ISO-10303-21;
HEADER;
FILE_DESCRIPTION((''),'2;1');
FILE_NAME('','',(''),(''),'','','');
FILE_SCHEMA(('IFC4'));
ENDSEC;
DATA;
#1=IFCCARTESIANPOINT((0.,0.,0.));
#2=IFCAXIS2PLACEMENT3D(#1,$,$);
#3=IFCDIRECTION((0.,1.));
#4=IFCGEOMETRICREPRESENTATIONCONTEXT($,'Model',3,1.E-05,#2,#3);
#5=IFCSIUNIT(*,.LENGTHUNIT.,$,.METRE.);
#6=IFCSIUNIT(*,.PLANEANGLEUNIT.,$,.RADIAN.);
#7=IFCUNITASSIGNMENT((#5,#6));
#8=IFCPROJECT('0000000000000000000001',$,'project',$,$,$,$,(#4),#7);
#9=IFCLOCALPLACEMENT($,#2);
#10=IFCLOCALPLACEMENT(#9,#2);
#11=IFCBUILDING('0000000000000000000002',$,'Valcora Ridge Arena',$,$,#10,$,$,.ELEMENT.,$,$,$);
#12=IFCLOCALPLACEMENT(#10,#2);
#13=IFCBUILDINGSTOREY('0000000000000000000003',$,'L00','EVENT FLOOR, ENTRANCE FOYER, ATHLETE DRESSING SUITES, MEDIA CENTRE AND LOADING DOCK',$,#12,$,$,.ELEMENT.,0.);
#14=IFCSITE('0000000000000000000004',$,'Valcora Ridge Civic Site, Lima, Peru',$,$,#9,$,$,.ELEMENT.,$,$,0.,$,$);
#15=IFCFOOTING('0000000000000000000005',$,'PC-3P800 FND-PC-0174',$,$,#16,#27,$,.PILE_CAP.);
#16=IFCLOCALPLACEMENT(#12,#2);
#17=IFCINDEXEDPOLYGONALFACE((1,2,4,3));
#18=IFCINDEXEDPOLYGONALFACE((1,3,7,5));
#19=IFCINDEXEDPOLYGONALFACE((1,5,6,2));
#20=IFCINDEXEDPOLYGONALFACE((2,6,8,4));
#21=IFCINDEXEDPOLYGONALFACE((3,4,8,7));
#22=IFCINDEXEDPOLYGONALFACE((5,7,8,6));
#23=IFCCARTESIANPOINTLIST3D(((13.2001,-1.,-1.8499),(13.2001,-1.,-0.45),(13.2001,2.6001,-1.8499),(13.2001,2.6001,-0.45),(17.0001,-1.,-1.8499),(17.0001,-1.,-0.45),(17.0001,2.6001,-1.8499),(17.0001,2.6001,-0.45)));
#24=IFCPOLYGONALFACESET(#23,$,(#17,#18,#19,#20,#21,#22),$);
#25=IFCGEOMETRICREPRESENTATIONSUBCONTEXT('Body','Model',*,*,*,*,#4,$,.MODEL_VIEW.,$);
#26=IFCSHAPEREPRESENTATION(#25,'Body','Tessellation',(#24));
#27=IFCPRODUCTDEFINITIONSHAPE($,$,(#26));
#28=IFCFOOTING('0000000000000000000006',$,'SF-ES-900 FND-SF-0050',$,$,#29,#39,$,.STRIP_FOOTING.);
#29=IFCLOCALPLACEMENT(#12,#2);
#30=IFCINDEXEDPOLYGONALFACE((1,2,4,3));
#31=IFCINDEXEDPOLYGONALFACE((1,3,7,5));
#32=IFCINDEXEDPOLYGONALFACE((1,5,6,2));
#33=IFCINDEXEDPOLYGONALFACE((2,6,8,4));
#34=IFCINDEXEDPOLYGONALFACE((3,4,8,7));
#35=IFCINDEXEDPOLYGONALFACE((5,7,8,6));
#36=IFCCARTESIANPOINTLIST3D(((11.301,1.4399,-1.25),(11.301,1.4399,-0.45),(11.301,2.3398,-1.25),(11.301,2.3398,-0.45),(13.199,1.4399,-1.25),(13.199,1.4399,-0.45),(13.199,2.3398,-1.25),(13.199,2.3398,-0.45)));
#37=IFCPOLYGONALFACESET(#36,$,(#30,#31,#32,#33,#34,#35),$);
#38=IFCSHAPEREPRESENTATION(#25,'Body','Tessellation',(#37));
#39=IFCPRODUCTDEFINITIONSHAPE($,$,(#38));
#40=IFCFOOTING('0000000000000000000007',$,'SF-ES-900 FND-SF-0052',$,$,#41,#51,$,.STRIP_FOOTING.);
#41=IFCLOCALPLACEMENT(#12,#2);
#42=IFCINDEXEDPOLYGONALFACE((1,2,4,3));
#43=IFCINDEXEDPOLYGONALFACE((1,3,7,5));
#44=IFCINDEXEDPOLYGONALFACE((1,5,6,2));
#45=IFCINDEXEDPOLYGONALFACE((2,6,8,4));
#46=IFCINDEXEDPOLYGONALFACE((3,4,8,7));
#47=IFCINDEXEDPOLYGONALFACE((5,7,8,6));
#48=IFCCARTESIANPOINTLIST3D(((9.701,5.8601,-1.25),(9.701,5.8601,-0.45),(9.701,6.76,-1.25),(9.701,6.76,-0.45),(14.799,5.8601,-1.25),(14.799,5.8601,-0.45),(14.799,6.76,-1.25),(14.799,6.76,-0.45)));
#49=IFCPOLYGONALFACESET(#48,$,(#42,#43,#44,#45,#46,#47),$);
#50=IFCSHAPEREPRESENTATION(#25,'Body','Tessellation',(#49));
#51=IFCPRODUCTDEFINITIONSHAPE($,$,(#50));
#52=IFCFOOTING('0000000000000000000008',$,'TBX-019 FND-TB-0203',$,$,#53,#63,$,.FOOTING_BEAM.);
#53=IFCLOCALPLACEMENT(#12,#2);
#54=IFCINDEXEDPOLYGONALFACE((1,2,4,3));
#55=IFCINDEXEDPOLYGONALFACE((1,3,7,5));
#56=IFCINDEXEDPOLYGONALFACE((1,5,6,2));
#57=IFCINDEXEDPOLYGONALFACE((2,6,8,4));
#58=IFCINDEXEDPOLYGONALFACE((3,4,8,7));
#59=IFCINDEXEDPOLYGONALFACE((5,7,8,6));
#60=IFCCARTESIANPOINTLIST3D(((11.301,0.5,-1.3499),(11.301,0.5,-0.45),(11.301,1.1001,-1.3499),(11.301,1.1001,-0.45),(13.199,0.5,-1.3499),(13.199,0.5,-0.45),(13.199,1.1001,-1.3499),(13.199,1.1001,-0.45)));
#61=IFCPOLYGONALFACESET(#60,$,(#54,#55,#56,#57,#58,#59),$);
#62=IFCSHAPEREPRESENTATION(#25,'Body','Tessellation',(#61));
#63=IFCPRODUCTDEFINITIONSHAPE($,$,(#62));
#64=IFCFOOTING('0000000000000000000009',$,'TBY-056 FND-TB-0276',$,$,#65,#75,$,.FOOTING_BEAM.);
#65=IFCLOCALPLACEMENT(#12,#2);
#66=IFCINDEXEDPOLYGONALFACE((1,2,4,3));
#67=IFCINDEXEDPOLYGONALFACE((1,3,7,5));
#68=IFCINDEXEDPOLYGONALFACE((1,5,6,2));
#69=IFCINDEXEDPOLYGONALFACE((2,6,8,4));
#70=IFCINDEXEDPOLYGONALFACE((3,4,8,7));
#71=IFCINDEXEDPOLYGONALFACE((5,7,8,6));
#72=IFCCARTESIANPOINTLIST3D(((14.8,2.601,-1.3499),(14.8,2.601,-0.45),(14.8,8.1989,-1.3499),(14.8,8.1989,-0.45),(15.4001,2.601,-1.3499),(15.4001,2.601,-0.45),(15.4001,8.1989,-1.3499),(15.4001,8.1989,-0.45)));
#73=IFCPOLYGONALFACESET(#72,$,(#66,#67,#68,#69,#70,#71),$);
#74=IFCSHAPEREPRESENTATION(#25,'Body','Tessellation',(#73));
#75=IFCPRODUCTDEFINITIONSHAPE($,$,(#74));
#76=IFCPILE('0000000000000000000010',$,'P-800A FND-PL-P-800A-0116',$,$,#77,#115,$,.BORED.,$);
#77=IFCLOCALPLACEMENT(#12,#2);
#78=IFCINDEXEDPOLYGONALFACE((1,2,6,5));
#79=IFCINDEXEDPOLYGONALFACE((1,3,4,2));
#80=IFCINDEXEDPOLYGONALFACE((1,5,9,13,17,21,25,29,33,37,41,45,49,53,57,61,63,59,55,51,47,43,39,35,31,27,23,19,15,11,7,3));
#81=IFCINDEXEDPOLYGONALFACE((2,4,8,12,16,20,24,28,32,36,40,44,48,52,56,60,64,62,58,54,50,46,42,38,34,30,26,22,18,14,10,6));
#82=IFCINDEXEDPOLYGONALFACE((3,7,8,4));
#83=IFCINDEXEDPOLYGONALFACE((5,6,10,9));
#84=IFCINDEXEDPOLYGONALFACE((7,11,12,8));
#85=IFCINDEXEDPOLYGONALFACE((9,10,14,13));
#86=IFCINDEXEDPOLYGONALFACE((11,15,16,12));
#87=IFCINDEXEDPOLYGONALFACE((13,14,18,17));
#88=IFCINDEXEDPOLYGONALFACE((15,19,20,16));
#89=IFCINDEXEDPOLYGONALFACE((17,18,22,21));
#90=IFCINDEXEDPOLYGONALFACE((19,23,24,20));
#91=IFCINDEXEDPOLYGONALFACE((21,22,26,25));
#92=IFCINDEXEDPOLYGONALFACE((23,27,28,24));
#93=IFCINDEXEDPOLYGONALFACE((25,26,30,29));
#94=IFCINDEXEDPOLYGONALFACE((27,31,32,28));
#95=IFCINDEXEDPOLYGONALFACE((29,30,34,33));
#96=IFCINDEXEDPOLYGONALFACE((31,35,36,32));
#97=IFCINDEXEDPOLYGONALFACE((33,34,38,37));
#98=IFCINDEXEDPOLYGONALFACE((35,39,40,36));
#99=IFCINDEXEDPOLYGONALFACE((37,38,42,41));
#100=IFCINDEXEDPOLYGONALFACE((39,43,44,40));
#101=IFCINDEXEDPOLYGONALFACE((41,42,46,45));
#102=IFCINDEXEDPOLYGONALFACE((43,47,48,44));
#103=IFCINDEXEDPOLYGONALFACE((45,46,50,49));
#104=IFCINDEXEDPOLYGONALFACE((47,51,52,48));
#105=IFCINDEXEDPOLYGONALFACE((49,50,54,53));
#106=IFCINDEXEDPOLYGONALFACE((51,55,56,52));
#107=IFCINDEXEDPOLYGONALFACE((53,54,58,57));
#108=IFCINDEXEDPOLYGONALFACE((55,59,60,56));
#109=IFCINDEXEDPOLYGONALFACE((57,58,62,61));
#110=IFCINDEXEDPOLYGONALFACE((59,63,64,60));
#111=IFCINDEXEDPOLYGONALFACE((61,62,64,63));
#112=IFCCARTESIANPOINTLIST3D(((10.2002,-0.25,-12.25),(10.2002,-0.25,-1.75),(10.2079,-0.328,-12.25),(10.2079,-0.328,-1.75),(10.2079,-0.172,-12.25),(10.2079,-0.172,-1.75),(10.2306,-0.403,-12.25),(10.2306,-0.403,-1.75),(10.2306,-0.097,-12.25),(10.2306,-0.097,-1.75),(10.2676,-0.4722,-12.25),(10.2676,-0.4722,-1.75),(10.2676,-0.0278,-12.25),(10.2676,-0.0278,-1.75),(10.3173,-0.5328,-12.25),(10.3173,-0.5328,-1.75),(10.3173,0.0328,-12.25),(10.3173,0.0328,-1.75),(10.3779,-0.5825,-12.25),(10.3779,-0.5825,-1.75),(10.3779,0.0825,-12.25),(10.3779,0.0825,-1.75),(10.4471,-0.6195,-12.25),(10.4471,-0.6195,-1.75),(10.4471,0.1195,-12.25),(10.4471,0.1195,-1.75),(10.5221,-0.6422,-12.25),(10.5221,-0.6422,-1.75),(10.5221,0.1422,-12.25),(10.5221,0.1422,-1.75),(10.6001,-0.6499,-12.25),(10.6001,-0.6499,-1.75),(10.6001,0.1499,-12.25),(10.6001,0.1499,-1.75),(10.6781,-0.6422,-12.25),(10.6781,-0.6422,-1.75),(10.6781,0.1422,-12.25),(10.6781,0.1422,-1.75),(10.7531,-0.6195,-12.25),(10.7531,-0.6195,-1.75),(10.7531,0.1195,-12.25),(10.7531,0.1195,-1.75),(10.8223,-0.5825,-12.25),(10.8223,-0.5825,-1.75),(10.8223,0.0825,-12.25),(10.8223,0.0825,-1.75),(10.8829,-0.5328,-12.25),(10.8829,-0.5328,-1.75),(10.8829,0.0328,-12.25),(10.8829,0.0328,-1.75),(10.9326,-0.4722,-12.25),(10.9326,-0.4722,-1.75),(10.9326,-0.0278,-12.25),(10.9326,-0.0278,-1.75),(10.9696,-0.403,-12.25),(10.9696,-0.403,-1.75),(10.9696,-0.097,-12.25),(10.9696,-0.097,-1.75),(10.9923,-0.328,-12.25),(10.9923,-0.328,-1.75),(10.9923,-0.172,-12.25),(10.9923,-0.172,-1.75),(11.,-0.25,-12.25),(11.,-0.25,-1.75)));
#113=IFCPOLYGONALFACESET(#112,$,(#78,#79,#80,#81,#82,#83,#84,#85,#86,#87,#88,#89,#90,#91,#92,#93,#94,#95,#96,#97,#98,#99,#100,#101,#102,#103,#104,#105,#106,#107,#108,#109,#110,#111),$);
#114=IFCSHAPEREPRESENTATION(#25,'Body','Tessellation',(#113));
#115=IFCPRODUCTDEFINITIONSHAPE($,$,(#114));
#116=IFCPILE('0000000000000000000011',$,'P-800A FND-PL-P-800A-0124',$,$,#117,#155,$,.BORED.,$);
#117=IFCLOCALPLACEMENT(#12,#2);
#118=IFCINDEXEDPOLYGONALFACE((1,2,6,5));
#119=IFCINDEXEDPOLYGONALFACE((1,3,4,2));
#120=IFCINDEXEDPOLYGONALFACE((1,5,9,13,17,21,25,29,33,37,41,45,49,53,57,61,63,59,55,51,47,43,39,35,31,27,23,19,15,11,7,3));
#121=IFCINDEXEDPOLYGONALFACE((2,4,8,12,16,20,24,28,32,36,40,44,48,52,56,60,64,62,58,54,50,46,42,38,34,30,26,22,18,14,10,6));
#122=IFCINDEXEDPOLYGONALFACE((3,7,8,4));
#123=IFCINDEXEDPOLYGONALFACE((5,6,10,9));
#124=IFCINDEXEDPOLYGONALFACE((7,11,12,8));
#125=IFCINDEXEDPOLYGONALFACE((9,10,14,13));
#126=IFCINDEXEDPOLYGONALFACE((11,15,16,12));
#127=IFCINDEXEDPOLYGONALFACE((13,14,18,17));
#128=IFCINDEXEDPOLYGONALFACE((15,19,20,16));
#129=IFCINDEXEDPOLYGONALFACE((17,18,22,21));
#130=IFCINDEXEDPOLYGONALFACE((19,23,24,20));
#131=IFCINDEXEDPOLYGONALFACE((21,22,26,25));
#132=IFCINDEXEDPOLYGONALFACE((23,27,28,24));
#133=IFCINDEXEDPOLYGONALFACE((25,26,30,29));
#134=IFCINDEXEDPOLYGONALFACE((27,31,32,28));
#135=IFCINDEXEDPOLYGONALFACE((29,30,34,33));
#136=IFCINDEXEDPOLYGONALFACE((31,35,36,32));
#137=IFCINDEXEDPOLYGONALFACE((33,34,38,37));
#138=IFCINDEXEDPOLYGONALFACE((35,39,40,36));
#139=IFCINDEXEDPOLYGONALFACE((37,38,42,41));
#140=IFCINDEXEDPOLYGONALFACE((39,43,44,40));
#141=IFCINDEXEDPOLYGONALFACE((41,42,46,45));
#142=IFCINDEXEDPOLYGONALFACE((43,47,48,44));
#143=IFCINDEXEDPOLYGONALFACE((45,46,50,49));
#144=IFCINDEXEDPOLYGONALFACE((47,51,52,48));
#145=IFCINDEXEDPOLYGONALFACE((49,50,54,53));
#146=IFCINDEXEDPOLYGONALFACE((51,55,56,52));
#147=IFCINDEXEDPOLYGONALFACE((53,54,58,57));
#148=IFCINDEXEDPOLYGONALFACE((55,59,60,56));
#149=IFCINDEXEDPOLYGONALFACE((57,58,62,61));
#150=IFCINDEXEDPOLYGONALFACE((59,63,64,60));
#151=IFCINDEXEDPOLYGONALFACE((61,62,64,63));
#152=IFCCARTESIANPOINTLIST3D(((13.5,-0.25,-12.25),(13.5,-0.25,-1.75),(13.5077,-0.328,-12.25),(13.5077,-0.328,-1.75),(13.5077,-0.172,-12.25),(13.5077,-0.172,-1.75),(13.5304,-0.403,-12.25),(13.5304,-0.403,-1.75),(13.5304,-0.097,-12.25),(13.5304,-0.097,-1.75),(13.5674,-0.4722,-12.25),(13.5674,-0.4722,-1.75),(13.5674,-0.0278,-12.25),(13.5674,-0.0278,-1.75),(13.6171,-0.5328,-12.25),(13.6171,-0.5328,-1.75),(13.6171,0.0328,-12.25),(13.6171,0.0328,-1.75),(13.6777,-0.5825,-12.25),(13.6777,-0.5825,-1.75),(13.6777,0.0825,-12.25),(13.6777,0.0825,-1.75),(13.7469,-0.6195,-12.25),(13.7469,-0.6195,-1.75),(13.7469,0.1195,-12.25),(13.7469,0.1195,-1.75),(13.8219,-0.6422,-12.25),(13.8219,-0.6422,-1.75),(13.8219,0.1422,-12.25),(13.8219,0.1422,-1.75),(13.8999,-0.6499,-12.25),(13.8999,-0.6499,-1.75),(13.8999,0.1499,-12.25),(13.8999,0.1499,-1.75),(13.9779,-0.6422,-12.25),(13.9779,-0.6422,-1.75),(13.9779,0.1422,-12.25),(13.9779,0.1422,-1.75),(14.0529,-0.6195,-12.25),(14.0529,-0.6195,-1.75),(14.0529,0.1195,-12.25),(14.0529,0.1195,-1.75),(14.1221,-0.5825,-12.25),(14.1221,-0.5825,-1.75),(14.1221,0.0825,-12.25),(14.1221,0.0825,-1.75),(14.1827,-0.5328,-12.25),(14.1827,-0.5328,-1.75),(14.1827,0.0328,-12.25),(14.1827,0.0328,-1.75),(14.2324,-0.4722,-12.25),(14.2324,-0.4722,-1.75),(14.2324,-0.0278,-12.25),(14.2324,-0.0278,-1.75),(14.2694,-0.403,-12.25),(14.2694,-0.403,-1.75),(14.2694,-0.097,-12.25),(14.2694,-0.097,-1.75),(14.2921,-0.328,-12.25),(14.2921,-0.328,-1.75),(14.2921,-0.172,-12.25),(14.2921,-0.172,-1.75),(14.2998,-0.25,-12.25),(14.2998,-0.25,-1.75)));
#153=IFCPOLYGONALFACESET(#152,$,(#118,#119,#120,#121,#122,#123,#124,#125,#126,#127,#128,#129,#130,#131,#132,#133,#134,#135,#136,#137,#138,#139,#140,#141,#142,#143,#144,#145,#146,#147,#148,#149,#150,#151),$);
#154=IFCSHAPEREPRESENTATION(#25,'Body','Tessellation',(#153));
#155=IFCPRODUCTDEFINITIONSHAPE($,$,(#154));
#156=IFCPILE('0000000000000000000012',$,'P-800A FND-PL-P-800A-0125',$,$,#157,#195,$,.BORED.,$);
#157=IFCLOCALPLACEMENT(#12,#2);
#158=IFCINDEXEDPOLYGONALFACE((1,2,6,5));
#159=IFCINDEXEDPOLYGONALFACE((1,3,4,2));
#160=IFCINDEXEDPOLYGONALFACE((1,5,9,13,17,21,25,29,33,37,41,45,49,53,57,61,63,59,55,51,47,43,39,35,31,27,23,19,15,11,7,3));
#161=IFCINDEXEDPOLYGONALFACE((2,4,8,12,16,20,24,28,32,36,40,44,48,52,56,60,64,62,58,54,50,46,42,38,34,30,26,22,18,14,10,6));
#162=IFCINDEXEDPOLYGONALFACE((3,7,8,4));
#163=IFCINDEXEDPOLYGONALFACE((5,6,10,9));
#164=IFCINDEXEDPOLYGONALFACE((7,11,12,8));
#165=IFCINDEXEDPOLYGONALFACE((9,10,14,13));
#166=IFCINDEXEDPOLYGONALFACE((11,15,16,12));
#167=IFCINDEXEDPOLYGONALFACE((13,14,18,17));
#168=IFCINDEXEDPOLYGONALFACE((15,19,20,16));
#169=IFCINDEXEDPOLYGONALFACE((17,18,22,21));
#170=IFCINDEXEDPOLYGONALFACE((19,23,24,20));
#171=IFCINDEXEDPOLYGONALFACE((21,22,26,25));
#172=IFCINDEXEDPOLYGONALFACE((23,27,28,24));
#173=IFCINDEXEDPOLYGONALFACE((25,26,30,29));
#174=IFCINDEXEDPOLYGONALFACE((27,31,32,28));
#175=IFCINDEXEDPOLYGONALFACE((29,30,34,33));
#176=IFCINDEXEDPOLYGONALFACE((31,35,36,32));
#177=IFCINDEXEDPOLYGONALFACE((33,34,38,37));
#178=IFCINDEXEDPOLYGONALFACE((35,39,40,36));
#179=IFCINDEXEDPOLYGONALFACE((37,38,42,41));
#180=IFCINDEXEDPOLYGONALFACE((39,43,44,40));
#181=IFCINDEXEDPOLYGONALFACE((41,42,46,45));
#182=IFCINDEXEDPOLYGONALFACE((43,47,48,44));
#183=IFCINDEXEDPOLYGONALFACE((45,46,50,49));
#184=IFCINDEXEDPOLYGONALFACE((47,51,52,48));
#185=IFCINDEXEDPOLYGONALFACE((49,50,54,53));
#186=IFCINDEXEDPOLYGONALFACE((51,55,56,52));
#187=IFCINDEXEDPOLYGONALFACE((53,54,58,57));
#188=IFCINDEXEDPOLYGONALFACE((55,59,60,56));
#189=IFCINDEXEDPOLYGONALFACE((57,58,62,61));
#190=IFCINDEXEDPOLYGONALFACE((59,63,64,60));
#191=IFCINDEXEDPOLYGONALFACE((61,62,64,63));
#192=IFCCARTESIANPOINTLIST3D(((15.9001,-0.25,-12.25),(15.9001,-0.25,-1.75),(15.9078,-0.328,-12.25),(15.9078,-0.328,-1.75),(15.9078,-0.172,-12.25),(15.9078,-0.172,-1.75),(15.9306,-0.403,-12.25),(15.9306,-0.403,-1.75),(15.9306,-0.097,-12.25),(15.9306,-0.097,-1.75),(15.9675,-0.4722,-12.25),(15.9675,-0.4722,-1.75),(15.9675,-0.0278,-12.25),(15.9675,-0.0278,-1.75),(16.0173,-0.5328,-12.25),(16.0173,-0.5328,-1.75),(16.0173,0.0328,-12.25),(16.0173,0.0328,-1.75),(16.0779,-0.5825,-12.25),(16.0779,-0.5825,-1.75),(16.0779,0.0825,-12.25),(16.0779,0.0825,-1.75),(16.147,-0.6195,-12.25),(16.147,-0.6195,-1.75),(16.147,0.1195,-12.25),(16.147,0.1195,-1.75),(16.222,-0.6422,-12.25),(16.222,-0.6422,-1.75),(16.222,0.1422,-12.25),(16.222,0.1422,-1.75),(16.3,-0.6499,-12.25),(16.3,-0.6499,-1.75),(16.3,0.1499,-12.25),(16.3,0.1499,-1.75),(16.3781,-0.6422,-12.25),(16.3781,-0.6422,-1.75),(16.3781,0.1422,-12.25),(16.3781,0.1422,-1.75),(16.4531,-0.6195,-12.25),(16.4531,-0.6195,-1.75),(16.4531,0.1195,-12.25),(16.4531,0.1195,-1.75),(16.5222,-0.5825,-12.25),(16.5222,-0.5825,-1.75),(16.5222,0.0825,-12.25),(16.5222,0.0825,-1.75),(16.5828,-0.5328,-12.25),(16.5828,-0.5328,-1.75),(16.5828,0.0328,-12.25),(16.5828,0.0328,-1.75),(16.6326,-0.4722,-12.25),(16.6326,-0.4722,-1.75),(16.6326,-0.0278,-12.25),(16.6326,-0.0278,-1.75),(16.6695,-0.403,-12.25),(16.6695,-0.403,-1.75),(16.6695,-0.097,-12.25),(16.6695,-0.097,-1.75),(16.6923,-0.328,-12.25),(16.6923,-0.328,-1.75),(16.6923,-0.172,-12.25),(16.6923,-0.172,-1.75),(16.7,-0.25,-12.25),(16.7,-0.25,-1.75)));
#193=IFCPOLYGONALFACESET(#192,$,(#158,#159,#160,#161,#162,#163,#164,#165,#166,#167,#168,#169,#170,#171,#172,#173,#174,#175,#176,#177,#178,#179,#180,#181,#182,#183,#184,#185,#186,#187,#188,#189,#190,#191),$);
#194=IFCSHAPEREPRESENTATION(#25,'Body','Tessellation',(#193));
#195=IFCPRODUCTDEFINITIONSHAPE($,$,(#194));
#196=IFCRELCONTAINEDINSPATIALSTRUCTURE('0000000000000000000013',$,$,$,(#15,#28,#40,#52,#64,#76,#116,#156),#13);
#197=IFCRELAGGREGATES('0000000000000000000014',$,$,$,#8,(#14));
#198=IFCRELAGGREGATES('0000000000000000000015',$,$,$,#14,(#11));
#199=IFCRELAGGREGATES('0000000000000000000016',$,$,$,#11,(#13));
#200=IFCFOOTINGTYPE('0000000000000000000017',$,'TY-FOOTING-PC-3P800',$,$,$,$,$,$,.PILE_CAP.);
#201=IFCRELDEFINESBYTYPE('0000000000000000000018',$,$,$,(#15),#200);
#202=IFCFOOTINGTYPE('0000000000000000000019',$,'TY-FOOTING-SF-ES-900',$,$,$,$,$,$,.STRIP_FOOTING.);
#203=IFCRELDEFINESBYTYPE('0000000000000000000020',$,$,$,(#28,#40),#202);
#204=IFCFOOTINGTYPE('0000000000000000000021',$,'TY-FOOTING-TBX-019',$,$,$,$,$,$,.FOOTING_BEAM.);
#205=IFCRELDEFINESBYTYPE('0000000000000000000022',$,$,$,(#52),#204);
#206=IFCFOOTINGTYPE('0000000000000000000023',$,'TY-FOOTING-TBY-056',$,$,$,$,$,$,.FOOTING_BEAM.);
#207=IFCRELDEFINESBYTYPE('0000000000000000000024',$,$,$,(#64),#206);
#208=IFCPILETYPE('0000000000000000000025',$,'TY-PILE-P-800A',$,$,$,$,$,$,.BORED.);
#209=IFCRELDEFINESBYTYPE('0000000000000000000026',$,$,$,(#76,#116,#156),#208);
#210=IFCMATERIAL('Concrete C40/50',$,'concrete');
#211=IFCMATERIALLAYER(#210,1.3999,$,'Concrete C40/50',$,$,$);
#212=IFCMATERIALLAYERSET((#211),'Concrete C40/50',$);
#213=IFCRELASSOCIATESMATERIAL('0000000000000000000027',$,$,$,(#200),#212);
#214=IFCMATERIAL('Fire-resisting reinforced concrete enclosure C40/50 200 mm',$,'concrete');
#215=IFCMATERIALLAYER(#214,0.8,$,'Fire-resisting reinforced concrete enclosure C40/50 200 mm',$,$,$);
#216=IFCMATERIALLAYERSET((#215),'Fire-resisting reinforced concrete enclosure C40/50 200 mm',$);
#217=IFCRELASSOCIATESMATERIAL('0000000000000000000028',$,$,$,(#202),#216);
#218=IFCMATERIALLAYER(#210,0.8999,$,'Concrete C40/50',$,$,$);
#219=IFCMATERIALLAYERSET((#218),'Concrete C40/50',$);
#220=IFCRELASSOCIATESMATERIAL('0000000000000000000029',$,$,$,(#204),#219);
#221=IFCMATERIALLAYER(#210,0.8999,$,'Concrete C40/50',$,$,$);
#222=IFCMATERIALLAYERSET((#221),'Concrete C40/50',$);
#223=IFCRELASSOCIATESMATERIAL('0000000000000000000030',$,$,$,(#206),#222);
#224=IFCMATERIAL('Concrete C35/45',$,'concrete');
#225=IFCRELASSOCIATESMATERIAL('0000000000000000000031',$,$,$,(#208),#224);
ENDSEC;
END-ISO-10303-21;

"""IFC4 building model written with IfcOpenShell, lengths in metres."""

from ifc_helpers import new_model, si_unit, direction, frame, origin, origin_2d, place, context, subcontext, project, spatial, rectangle, circle, extrude, material, layer, layer_set, material_profile, profile_set, type_object, element, save


model = new_model("IFC4")

# Units and contexts
model_context = context("Model", 3, precision=1e-05, world=origin(), true_north=direction((0.0, 1.0)))
body_context = subcontext(model_context, "Body", "Model", "MODEL_VIEW")
ifc_project = project(units=[si_unit("LENGTHUNIT", "METRE"), si_unit("PLANEANGLEUNIT", "RADIAN")], contexts=[model_context])

# Site, building, storey
site_placement = place(None, origin())
site = spatial("IfcSite", under=ifc_project, at=site_placement, Name="Valcora Ridge Civic Site, Lima, Peru", CompositionType="ELEMENT", RefElevation=0.0)
building_placement = place(site_placement, origin())
building = spatial("IfcBuilding", under=site, at=building_placement, Name="Valcora Ridge Arena", CompositionType="ELEMENT")
storey_placement = place(building_placement, origin())
storey = spatial("IfcBuildingStorey", under=building, at=storey_placement, Name="L00", Description="EVENT FLOOR, ENTRANCE FOYER, ATHLETE DRESSING SUITES, MEDIA CENTRE AND LOADING DOCK", CompositionType="ELEMENT", Elevation=0.0)

# Footings
ifc_material_1 = material(Name="Concrete C40/50", Category="concrete")
ifc_layer_1 = layer(ifc_material_1, 1.3999, Name="Concrete C40/50")
ifc_layer_set_1 = layer_set([ifc_layer_1], Name="Concrete C40/50")
footing_type_1 = type_object("IfcFootingType", Name="TY-FOOTING-PC-3P800", PredefinedType="PILE_CAP", material=ifc_layer_set_1)
footing_1_placement = place(storey_placement, frame((15.1001, 0.8, -1.8499), z_axis=(0.0, 0.0, 1.0), x_axis=(1.0, 0.0, 0.0)))
element("IfcFooting", 1, at=footing_1_placement, inside=storey, type_object=footing_type_1, Name="PC-3P800 FND-PC-0174", PredefinedType="PILE_CAP", context=body_context, shape_type="SweptSolid", body=[
    extrude(rectangle(XDim=3.8, YDim=3.6001, at=origin_2d()), origin(), (0.0, 0.0, 1.0), 1.3999),
])
ifc_material_2 = material(Name="Fire-resisting reinforced concrete enclosure C40/50 200 mm", Category="concrete")
ifc_layer_2 = layer(ifc_material_2, 0.8, Name="Fire-resisting reinforced concrete enclosure C40/50 200 mm")
ifc_layer_set_2 = layer_set([ifc_layer_2], Name="Fire-resisting reinforced concrete enclosure C40/50 200 mm")
footing_type_2 = type_object("IfcFootingType", Name="TY-FOOTING-SF-ES-900", PredefinedType="STRIP_FOOTING", material=ifc_layer_set_2)
footing_2_placement = place(storey_placement, frame((12.25, 1.8899, -1.25), z_axis=(0.0, 0.0, 1.0), x_axis=(1.0, 0.0, 0.0)))
element("IfcFooting", 2, at=footing_2_placement, inside=storey, type_object=footing_type_2, Name="SF-ES-900 FND-SF-0050", PredefinedType="STRIP_FOOTING", context=body_context, shape_type="SweptSolid", body=[
    extrude(rectangle(XDim=1.8979, YDim=0.8999, at=origin_2d()), origin(), (0.0, 0.0, 1.0), 0.8),
])
footing_3_placement = place(storey_placement, frame((12.25, 6.3101, -1.25), z_axis=(0.0, 0.0, 1.0), x_axis=(1.0, 0.0, 0.0)))
element("IfcFooting", 3, at=footing_3_placement, inside=storey, type_object=footing_type_2, Name="SF-ES-900 FND-SF-0052", PredefinedType="STRIP_FOOTING", context=body_context, shape_type="SweptSolid", body=[
    extrude(rectangle(XDim=5.0979, YDim=0.8999, at=origin_2d()), origin(), (0.0, 0.0, 1.0), 0.8),
])
ifc_layer_3 = layer(ifc_material_1, 0.8999, Name="Concrete C40/50")
ifc_layer_set_3 = layer_set([ifc_layer_3], Name="Concrete C40/50")
footing_type_3 = type_object("IfcFootingType", Name="TY-FOOTING-TBX-019", PredefinedType="FOOTING_BEAM", material=ifc_layer_set_3)
footing_4_placement = place(storey_placement, frame((12.25, 0.8, -1.3499), z_axis=(0.0, 0.0, 1.0), x_axis=(1.0, 0.0, 0.0)))
element("IfcFooting", 4, at=footing_4_placement, inside=storey, type_object=footing_type_3, Name="TBX-019 FND-TB-0203", PredefinedType="FOOTING_BEAM", context=body_context, shape_type="SweptSolid", body=[
    extrude(rectangle(XDim=1.8979, YDim=0.6001, at=origin_2d()), origin(), (0.0, 0.0, 1.0), 0.8999),
])
ifc_layer_4 = layer(ifc_material_1, 0.8999, Name="Concrete C40/50")
ifc_layer_set_4 = layer_set([ifc_layer_4], Name="Concrete C40/50")
footing_type_4 = type_object("IfcFootingType", Name="TY-FOOTING-TBY-056", PredefinedType="FOOTING_BEAM", material=ifc_layer_set_4)
footing_5_placement = place(storey_placement, frame((15.1001, 5.3999, -1.3499), z_axis=(0.0, 0.0, 1.0), x_axis=(1.0, 0.0, 0.0)))
element("IfcFooting", 5, at=footing_5_placement, inside=storey, type_object=footing_type_4, Name="TBY-056 FND-TB-0276", PredefinedType="FOOTING_BEAM", context=body_context, shape_type="SweptSolid", body=[
    extrude(rectangle(XDim=0.6001, YDim=5.5979, at=origin_2d()), origin(), (0.0, 0.0, 1.0), 0.8999),
])

# Piles
ifc_material_3 = material(Name="Concrete C35/45", Category="concrete")
ifc_material_profile_1 = material_profile(ifc_material_3, circle(Radius=0.3999, at=origin_2d()), Name="BORED PILE D800")
ifc_profile_set_1 = profile_set([ifc_material_profile_1], Name="Concrete C35/45")
pile_type = type_object("IfcPileType", Name="TY-PILE-P-800A", PredefinedType="BORED", material=ifc_profile_set_1)
for number, where, z_axis, x_axis, name in (
    (6, (10.6001, -0.25, -1.75), (0.0, 0.0, -1.0), (1.0, 0.0, 0.0), "P-800A FND-PL-P-800A-0116"),
    (7, (13.8999, -0.25, -1.75), (0.0, 0.0, -1.0), (1.0, 0.0, 0.0), "P-800A FND-PL-P-800A-0124"),
    (8, (16.3, -0.25, -1.75), (0.0, 0.0, -1.0), (1.0, 0.0, 0.0), "P-800A FND-PL-P-800A-0125"),
):
    element("IfcPile", number, at=place(storey_placement, frame(where, z_axis=z_axis, x_axis=x_axis)), inside=storey, type_object=pile_type, Name=name, PredefinedType="BORED", context=body_context, shape_type="SweptSolid", body=[
        extrude(circle(Radius=0.3999, at=origin_2d()), origin(), (0.0, 0.0, 1.0), 10.5),
    ])

save(model, "model.ifc")
